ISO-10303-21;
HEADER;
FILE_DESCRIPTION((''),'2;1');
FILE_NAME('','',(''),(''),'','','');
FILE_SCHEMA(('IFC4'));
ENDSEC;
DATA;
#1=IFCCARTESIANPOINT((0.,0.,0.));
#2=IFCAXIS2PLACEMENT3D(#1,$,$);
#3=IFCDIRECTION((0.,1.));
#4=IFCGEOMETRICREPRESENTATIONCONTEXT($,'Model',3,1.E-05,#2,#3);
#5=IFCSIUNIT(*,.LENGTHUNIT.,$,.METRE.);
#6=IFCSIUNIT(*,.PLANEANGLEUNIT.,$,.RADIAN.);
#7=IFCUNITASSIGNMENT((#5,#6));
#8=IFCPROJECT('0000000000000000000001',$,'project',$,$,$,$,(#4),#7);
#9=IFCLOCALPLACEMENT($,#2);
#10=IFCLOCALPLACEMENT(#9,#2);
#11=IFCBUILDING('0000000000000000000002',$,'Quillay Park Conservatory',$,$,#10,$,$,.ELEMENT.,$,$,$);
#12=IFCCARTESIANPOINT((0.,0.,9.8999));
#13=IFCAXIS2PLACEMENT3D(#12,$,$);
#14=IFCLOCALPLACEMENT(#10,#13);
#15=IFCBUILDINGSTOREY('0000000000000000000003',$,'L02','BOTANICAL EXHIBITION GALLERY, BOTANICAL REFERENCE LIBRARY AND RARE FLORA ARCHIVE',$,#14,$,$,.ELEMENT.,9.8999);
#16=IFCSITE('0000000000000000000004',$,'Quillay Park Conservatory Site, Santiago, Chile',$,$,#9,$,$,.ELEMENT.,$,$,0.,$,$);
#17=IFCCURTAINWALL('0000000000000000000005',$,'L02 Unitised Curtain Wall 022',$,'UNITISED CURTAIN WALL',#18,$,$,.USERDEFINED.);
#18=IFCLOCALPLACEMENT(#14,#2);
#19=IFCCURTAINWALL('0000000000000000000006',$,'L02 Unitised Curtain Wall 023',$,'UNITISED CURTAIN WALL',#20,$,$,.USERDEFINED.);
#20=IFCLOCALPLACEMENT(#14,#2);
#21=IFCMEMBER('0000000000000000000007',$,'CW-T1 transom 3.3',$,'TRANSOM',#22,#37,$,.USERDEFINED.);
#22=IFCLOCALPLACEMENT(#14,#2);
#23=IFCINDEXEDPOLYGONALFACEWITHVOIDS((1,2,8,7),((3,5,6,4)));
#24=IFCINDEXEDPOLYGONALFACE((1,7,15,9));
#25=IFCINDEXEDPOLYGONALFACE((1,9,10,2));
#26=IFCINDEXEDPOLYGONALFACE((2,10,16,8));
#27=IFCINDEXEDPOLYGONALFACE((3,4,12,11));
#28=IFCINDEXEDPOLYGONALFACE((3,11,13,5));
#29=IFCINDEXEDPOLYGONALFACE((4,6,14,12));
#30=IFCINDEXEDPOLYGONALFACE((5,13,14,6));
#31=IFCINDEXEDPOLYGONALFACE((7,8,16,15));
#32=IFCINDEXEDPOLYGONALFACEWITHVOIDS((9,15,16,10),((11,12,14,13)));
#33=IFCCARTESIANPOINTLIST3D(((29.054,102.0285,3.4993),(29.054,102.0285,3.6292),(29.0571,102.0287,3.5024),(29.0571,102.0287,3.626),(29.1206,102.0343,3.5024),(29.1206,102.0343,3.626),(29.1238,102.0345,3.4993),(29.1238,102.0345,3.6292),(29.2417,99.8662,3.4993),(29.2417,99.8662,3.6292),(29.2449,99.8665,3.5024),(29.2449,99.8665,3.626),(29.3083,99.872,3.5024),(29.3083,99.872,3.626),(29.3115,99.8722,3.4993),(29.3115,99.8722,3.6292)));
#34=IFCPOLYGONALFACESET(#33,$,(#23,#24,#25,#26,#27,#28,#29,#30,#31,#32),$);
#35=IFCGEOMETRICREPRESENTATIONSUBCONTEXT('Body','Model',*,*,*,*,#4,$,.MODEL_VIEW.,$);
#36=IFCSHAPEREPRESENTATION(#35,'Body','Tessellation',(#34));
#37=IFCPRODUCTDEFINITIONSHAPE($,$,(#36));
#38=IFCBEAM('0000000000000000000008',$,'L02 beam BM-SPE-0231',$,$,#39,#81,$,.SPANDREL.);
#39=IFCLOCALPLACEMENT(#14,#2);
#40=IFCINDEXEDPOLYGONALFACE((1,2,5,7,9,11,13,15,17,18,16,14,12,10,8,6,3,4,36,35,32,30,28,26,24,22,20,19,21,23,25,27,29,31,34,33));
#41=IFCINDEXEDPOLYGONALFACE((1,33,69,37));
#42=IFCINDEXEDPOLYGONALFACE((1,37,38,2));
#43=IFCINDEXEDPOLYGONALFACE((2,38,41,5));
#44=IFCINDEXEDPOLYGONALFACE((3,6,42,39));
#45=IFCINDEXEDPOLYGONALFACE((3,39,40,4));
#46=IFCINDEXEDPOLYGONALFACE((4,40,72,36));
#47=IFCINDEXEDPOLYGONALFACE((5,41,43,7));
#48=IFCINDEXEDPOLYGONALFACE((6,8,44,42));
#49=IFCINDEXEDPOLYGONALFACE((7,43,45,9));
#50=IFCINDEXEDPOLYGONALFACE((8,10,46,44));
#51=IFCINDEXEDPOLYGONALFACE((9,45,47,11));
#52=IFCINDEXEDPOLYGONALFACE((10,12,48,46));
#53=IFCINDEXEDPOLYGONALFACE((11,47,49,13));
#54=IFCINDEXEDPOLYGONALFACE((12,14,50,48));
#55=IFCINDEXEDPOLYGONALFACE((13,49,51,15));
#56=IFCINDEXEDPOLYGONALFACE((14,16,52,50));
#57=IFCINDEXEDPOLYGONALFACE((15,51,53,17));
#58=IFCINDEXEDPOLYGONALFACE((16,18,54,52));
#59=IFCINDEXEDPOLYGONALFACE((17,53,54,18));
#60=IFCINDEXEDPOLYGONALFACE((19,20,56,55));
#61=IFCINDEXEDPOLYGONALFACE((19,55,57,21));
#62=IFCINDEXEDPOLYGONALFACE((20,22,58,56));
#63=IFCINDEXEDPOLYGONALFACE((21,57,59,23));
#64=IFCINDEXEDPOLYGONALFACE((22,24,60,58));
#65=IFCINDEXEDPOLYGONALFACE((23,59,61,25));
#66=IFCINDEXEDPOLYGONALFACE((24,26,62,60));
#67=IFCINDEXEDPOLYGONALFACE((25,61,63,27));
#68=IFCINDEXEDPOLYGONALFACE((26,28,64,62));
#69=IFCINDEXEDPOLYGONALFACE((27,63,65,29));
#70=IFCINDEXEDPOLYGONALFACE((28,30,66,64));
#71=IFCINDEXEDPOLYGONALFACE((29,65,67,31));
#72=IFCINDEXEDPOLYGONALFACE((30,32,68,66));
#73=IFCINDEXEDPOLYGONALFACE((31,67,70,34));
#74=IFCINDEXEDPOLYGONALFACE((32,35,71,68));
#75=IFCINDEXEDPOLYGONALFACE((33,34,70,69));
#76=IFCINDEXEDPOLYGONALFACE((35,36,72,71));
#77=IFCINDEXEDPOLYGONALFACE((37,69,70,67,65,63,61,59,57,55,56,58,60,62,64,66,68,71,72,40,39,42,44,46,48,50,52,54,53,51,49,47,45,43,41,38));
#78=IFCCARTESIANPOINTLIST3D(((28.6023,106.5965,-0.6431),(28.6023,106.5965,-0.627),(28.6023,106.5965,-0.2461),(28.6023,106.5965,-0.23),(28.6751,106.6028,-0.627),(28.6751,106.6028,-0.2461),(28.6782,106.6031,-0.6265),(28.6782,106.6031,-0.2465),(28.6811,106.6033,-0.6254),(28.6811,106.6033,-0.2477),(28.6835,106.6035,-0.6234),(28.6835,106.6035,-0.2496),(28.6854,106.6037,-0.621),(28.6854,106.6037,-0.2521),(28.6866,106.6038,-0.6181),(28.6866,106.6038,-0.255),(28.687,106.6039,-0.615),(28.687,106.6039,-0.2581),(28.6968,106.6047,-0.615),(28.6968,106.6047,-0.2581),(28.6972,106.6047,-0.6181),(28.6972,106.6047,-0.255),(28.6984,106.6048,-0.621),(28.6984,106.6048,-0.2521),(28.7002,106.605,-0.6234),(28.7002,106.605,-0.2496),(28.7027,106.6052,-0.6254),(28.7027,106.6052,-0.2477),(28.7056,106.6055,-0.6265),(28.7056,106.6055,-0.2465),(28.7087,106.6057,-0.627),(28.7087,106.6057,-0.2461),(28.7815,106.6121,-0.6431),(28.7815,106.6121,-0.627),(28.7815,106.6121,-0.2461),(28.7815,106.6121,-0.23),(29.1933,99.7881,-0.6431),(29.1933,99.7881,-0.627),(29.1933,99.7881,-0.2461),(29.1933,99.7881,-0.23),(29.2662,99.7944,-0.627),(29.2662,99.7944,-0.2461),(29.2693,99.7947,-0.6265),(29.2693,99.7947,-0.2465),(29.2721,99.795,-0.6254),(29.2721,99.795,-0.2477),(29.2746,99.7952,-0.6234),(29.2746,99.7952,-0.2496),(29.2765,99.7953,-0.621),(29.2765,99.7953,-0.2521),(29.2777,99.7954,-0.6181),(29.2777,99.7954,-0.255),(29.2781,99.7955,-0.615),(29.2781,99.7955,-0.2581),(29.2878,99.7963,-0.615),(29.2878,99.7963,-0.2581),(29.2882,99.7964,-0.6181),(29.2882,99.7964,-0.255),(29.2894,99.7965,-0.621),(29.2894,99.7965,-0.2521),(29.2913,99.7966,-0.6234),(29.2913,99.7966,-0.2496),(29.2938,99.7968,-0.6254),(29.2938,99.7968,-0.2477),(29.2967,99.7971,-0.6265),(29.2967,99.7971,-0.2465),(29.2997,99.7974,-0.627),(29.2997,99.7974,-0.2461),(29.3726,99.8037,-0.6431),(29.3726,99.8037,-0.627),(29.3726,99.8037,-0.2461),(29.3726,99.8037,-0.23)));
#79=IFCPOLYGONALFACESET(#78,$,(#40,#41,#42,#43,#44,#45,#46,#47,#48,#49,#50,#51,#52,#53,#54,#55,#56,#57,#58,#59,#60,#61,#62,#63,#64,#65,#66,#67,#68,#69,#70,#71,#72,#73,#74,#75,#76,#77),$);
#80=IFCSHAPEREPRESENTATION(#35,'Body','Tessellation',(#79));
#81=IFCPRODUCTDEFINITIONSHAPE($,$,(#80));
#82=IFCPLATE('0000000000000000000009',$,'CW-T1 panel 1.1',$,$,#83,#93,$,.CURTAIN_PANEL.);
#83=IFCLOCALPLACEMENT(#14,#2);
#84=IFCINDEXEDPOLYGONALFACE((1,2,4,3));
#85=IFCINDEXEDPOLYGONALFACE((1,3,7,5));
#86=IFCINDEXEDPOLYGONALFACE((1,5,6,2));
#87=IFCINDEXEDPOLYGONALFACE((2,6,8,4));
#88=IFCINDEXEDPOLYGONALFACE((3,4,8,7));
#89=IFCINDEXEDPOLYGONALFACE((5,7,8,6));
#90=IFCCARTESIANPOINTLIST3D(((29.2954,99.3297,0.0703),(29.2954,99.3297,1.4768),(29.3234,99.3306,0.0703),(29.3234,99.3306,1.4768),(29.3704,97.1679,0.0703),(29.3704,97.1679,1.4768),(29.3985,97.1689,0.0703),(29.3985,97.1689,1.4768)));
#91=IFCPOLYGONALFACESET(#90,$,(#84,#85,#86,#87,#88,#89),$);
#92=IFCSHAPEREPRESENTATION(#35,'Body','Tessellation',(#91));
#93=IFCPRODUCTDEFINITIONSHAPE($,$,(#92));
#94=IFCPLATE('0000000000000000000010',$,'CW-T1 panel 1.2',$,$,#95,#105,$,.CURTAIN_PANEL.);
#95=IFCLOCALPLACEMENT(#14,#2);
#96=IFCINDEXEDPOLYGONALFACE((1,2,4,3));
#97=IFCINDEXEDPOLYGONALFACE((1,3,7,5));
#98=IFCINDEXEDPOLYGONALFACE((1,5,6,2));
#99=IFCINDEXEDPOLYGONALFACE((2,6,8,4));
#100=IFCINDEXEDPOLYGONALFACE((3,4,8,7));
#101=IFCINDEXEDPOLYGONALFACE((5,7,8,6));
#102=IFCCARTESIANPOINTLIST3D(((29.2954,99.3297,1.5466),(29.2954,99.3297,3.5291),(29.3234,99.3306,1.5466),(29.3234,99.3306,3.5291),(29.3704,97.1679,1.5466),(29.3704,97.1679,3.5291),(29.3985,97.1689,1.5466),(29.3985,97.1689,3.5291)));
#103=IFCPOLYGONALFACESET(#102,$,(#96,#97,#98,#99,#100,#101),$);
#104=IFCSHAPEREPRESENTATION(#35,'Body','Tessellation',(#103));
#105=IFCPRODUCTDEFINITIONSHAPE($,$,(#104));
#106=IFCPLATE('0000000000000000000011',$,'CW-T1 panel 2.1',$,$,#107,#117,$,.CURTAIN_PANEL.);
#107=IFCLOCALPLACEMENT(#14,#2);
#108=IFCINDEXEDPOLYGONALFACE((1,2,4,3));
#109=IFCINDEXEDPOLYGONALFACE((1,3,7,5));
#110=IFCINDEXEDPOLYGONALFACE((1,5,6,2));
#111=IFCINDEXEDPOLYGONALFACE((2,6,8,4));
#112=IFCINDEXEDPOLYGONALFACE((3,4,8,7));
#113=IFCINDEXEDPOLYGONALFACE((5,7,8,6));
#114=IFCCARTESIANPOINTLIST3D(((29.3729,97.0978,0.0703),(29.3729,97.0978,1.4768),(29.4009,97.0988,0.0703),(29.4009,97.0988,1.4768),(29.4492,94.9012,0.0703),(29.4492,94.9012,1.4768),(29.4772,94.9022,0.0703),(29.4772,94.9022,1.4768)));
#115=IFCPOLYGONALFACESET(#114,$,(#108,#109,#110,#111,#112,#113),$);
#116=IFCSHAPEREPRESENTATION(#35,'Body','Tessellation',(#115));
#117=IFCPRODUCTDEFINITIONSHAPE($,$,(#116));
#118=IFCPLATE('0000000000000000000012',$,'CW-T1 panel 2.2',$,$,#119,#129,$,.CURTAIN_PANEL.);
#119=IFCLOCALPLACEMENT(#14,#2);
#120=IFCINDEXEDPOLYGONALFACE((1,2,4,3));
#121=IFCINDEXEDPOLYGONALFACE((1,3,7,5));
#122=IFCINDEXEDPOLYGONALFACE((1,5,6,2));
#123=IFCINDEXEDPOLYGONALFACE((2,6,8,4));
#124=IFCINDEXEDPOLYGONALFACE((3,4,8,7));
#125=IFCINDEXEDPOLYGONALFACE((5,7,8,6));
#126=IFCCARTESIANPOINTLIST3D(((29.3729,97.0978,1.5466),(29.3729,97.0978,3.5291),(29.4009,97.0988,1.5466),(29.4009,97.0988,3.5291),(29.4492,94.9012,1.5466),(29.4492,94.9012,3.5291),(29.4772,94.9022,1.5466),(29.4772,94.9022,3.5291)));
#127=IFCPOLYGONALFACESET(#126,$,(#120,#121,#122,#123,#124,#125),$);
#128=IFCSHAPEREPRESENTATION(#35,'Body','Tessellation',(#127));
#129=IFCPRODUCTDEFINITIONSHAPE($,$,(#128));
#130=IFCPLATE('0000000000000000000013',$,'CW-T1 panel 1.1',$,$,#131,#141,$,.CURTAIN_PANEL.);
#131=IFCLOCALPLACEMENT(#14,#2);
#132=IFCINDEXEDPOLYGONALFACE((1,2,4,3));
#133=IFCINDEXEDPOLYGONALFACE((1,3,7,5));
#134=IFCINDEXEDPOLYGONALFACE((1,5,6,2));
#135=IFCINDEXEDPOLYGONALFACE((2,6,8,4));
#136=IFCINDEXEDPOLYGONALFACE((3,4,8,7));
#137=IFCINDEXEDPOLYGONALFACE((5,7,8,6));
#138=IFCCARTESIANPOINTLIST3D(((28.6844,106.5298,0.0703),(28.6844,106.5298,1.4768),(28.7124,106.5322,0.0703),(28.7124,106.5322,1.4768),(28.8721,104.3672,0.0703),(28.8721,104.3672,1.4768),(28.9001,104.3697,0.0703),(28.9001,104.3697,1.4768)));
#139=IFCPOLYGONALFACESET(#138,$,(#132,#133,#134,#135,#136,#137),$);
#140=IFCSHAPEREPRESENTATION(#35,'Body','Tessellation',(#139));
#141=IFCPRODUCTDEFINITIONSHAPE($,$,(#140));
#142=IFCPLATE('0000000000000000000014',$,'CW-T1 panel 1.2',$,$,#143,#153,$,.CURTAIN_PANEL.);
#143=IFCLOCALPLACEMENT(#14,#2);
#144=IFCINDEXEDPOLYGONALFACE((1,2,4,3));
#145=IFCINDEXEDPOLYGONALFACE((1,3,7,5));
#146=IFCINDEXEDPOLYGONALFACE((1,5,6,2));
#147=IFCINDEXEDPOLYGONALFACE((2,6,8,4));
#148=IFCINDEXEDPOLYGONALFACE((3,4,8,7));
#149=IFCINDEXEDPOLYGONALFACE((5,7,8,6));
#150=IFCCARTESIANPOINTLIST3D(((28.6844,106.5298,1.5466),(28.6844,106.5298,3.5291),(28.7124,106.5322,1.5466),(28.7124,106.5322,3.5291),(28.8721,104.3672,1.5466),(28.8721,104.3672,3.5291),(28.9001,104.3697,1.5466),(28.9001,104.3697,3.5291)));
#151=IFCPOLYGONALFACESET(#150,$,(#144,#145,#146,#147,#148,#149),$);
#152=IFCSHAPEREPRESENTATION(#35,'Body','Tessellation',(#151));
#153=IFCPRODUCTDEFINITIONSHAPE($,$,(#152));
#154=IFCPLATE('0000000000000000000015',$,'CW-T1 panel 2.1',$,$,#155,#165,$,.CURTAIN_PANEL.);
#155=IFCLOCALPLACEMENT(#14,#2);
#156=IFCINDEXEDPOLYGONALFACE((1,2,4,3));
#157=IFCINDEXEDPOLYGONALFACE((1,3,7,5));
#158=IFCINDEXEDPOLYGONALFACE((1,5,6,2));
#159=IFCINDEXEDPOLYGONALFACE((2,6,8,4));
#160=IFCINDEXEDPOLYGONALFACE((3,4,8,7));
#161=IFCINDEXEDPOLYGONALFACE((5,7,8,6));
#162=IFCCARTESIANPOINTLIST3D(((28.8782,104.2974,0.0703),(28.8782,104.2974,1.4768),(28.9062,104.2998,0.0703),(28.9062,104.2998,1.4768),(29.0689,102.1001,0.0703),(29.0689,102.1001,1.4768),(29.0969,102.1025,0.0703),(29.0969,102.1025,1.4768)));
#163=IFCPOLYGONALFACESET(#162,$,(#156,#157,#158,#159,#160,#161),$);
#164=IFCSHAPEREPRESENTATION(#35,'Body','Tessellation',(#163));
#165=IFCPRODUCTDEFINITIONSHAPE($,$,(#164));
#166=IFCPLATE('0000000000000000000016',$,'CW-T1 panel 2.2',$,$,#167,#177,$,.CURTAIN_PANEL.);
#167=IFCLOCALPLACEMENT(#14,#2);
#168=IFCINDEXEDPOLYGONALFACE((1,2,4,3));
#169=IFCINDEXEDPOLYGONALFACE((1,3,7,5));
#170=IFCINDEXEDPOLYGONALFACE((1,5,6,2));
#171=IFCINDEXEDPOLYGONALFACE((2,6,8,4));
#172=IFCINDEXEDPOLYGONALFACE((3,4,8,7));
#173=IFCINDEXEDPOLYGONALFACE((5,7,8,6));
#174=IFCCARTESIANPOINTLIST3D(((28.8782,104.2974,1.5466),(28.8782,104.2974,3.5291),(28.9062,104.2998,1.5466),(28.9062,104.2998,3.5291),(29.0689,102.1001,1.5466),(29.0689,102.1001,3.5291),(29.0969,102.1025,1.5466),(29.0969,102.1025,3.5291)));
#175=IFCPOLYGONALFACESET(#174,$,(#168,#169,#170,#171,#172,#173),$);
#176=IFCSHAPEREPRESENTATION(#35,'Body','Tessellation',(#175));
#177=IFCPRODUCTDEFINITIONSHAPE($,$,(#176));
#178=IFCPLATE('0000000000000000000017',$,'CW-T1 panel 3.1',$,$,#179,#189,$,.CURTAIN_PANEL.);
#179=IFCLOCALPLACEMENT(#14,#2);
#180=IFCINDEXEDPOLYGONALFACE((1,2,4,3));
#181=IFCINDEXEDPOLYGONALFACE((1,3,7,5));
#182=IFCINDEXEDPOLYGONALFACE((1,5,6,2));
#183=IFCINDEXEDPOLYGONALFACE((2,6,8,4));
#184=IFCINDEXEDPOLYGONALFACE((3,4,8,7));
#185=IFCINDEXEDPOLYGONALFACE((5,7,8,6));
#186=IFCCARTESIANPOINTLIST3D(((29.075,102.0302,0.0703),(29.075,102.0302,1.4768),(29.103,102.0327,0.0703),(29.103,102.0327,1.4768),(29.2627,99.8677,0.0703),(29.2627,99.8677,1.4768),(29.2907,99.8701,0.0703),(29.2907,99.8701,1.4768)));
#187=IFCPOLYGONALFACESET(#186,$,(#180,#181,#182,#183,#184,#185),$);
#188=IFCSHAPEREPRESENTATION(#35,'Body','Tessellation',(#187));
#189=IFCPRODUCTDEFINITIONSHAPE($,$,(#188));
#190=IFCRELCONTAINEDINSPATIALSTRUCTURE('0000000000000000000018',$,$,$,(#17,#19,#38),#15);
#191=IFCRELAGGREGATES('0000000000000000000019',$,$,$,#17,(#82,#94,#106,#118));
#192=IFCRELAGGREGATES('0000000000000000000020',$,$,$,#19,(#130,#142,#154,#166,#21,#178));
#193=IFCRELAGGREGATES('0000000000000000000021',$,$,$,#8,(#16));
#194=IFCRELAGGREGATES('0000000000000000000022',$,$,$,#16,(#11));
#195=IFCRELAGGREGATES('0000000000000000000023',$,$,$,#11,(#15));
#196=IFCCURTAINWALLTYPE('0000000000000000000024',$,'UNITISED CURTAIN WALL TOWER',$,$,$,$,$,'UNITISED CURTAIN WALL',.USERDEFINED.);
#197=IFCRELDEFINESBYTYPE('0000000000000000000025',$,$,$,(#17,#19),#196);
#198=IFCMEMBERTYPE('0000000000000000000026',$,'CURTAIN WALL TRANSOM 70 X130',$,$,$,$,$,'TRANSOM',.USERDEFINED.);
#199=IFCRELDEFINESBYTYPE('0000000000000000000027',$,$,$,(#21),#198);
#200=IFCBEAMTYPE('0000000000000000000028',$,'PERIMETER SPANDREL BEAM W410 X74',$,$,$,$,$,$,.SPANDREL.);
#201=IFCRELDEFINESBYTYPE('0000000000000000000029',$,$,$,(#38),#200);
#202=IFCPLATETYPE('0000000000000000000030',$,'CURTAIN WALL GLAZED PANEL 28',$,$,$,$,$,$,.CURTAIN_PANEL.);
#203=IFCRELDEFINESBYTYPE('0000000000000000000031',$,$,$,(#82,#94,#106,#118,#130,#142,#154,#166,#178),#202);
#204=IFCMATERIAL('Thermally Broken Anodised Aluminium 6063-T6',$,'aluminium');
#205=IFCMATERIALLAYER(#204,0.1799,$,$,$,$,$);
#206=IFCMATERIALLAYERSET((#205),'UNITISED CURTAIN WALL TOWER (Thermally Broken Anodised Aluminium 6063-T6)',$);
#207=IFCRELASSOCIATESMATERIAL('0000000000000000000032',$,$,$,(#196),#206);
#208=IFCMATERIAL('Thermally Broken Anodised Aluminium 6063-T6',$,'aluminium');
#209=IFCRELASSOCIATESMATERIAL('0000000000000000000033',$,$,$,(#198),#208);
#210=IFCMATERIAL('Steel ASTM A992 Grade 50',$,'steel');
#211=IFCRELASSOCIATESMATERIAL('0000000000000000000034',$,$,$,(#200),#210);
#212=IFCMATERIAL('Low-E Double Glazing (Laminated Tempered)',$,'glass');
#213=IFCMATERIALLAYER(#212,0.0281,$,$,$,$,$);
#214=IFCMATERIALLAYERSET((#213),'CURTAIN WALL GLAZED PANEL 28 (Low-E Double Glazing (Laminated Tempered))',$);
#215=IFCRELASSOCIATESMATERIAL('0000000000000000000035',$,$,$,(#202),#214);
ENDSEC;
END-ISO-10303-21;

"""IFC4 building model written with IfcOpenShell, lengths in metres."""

from ifc_helpers import new_model, si_unit, direction, frame, origin, origin_2d, place, context, subcontext, project, spatial, rectangle, hollow_rectangle, i_section, extrude, material, layer, layer_set, material_profile, profile_set, type_object, element, aggregate, save


model = new_model("IFC4")

# Units and contexts
model_context = context("Model", 3, precision=1e-05, world=origin(), true_north=direction((0.0, 1.0)))
body_context = subcontext(model_context, "Body", "Model", "MODEL_VIEW")
ifc_project = project(units=[si_unit("LENGTHUNIT", "METRE"), si_unit("PLANEANGLEUNIT", "RADIAN")], contexts=[model_context])

# Site, building, storey
site_placement = place(None, origin())
site = spatial("IfcSite", under=ifc_project, at=site_placement, Name="Quillay Park Conservatory Site, Santiago, Chile", CompositionType="ELEMENT", RefElevation=0.0)
building_placement = place(site_placement, origin())
building = spatial("IfcBuilding", under=site, at=building_placement, Name="Quillay Park Conservatory", CompositionType="ELEMENT")
storey_placement = place(building_placement, frame((0.0, 0.0, 9.8999)))
storey = spatial("IfcBuildingStorey", under=building, at=storey_placement, Name="L02", Description="BOTANICAL EXHIBITION GALLERY, BOTANICAL REFERENCE LIBRARY AND RARE FLORA ARCHIVE", CompositionType="ELEMENT", Elevation=9.8999)

# Curtain walls
ifc_material_1 = material(Name="Thermally Broken Anodised Aluminium 6063-T6", Category="aluminium")
ifc_layer_1 = layer(ifc_material_1, 0.1799)
ifc_layer_set_1 = layer_set([ifc_layer_1], Name="UNITISED CURTAIN WALL TOWER (Thermally Broken Anodised Aluminium 6063-T6)")
curtain_wall_type = type_object("IfcCurtainWallType", Name="UNITISED CURTAIN WALL TOWER", ElementType="UNITISED CURTAIN WALL", PredefinedType="USERDEFINED", material=ifc_layer_set_1)
curtain_wall_1_placement = place(storey_placement, origin())
curtain_wall_1 = element("IfcCurtainWall", 1, at=curtain_wall_1_placement, inside=storey, type_object=curtain_wall_type, Name="L02 Unitised Curtain Wall 022", ObjectType="UNITISED CURTAIN WALL", PredefinedType="USERDEFINED")
curtain_wall_2_placement = place(storey_placement, origin())
curtain_wall_2 = element("IfcCurtainWall", 2, at=curtain_wall_2_placement, inside=storey, type_object=curtain_wall_type, Name="L02 Unitised Curtain Wall 023", ObjectType="UNITISED CURTAIN WALL", PredefinedType="USERDEFINED")

# Member
ifc_material_2 = material(Name="Thermally Broken Anodised Aluminium 6063-T6", Category="aluminium")
ifc_material_profile_1 = material_profile(ifc_material_2, hollow_rectangle(XDim=0.0701, YDim=0.1299, WallThickness=0.0032, at=origin_2d()), Name="AL70x130x3.2")
ifc_profile_set_1 = profile_set([ifc_material_profile_1], Name="Thermally Broken Anodised Aluminium 6063-T6")
member_type_1 = type_object("IfcMemberType", Name="CURTAIN WALL TRANSOM 70 X130", ElementType="TRANSOM", PredefinedType="USERDEFINED", material=ifc_profile_set_1)
member_1_placement = place(storey_placement, frame((29.0889, 102.0315, 3.5642), z_axis=(0.086499, -0.996252, 0.0), x_axis=(0.996252, 0.086499, 0.0)))
member_1 = element("IfcMember", 3, at=member_1_placement, type_object=member_type_1, Name="CW-T1 transom 3.3", ObjectType="TRANSOM", PredefinedType="USERDEFINED", context=body_context, shape_type="SweptSolid", body=[
    extrude(hollow_rectangle(XDim=0.0701, YDim=0.1299, WallThickness=0.0032, at=origin_2d()), origin(), (0.0, 0.0, 1.0), 2.1704),
])

# Beam
ifc_material_3 = material(Name="Steel ASTM A992 Grade 50", Category="steel")
ifc_material_profile_2 = material_profile(ifc_material_3, i_section(OverallWidth=0.1799, OverallDepth=0.4131, WebThickness=0.0098, FlangeThickness=0.0161, FilletRadius=0.012, at=origin_2d()), Name="W410x74")
ifc_profile_set_2 = profile_set([ifc_material_profile_2], Name="Steel ASTM A992 Grade 50")
beam_type = type_object("IfcBeamType", Name="PERIMETER SPANDREL BEAM W410 X74", PredefinedType="SPANDREL", material=ifc_profile_set_2)
beam_placement = place(storey_placement, frame((29.283, 99.7959, -0.4365), z_axis=(-0.086489, 0.996253, 0.0), x_axis=(-0.996253, -0.086489, 0.0)))
element("IfcBeam", 4, at=beam_placement, inside=storey, type_object=beam_type, Name="L02 beam BM-SPE-0231", PredefinedType="SPANDREL", context=body_context, shape_type="SweptSolid", body=[
    extrude(i_section(OverallWidth=0.1799, OverallDepth=0.4131, WebThickness=0.0098, FlangeThickness=0.0161, FilletRadius=0.012, at=origin_2d()), origin(), (0.0, 0.0, 1.0), 6.834),
])

# Plates
ifc_material_4 = material(Name="Low-E Double Glazing (Laminated Tempered)", Category="glass")
ifc_layer_2 = layer(ifc_material_4, 0.0281)
ifc_layer_set_2 = layer_set([ifc_layer_2], Name="CURTAIN WALL GLAZED PANEL 28 (Low-E Double Glazing (Laminated Tempered))")
plate_type = type_object("IfcPlateType", Name="CURTAIN WALL GLAZED PANEL 28", PredefinedType="CURTAIN_PANEL", material=ifc_layer_set_2)
plate_1_placement = place(storey_placement, frame((29.3469, 98.2493, 0.0703), z_axis=(0.0, 0.0, 1.0), x_axis=(0.034713, -0.999397, 0.0)))
plate_1 = element("IfcPlate", 5, at=plate_1_placement, type_object=plate_type, Name="CW-T1 panel 1.1", PredefinedType="CURTAIN_PANEL", context=body_context, shape_type="SweptSolid", body=[
    extrude(rectangle(XDim=2.1631, YDim=0.0281, at=origin_2d()), origin(), (0.0, 0.0, 1.0), 1.4065),
])
plate_2_placement = place(storey_placement, frame((29.3469, 98.2493, 1.5466), z_axis=(0.0, 0.0, 1.0), x_axis=(0.034713, -0.999397, 0.0)))
plate_2 = element("IfcPlate", 6, at=plate_2_placement, type_object=plate_type, Name="CW-T1 panel 1.2", PredefinedType="CURTAIN_PANEL", context=body_context, shape_type="SweptSolid", body=[
    extrude(rectangle(XDim=2.1631, YDim=0.0281, at=origin_2d()), origin(), (0.0, 0.0, 1.0), 1.9824),
])
plate_3_placement = place(storey_placement, frame((29.425, 96.0, 0.0703), z_axis=(0.0, 0.0, 1.0), x_axis=(0.034713, -0.999397, 0.0)))
plate_3 = element("IfcPlate", 7, at=plate_3_placement, type_object=plate_type, Name="CW-T1 panel 2.1", PredefinedType="CURTAIN_PANEL", context=body_context, shape_type="SweptSolid", body=[
    extrude(rectangle(XDim=2.198, YDim=0.0281, at=origin_2d()), origin(), (0.0, 0.0, 1.0), 1.4065),
])
plate_4_placement = place(storey_placement, frame((29.425, 96.0, 1.5466), z_axis=(0.0, 0.0, 1.0), x_axis=(0.034713, -0.999397, 0.0)))
plate_4 = element("IfcPlate", 8, at=plate_4_placement, type_object=plate_type, Name="CW-T1 panel 2.2", PredefinedType="CURTAIN_PANEL", context=body_context, shape_type="SweptSolid", body=[
    extrude(rectangle(XDim=2.198, YDim=0.0281, at=origin_2d()), origin(), (0.0, 0.0, 1.0), 1.9824),
])
aggregate(curtain_wall_1, [plate_1, plate_2, plate_3, plate_4])
plate_5_placement = place(storey_placement, frame((28.7922, 105.4497, 0.0703), z_axis=(0.0, 0.0, 1.0), x_axis=(0.08648, -0.996254, 0.0)))
plate_5 = element("IfcPlate", 9, at=plate_5_placement, type_object=plate_type, Name="CW-T1 panel 1.1", PredefinedType="CURTAIN_PANEL", context=body_context, shape_type="SweptSolid", body=[
    extrude(rectangle(XDim=2.1707, YDim=0.0281, at=origin_2d()), origin(), (0.0, 0.0, 1.0), 1.4065),
])
plate_6_placement = place(storey_placement, frame((28.7922, 105.4497, 1.5466), z_axis=(0.0, 0.0, 1.0), x_axis=(0.08648, -0.996254, 0.0)))
plate_6 = element("IfcPlate", 10, at=plate_6_placement, type_object=plate_type, Name="CW-T1 panel 1.2", PredefinedType="CURTAIN_PANEL", context=body_context, shape_type="SweptSolid", body=[
    extrude(rectangle(XDim=2.1707, YDim=0.0281, at=origin_2d()), origin(), (0.0, 0.0, 1.0), 1.9824),
])
plate_7_placement = place(storey_placement, frame((28.9875, 103.2, 0.0703), z_axis=(0.0, 0.0, 1.0), x_axis=(0.08648, -0.996254, 0.0)))
plate_7 = element("IfcPlate", 11, at=plate_7_placement, type_object=plate_type, Name="CW-T1 panel 2.1", PredefinedType="CURTAIN_PANEL", context=body_context, shape_type="SweptSolid", body=[
    extrude(rectangle(XDim=2.2056, YDim=0.0281, at=origin_2d()), origin(), (0.0, 0.0, 1.0), 1.4065),
])
plate_8_placement = place(storey_placement, frame((28.9875, 103.2, 1.5466), z_axis=(0.0, 0.0, 1.0), x_axis=(0.08648, -0.996254, 0.0)))
plate_8 = element("IfcPlate", 12, at=plate_8_placement, type_object=plate_type, Name="CW-T1 panel 2.2", PredefinedType="CURTAIN_PANEL", context=body_context, shape_type="SweptSolid", body=[
    extrude(rectangle(XDim=2.2056, YDim=0.0281, at=origin_2d()), origin(), (0.0, 0.0, 1.0), 1.9824),
])
plate_9_placement = place(storey_placement, frame((29.1829, 100.9502, 0.0703), z_axis=(0.0, 0.0, 1.0), x_axis=(0.08648, -0.996254, 0.0)))
plate_9 = element("IfcPlate", 13, at=plate_9_placement, type_object=plate_type, Name="CW-T1 panel 3.1", PredefinedType="CURTAIN_PANEL", context=body_context, shape_type="SweptSolid", body=[
    extrude(rectangle(XDim=2.1707, YDim=0.0281, at=origin_2d()), origin(), (0.0, 0.0, 1.0), 1.4065),
])
aggregate(curtain_wall_2, [plate_5, plate_6, plate_7, plate_8, member_1, plate_9])

save(model, "model.ifc")
